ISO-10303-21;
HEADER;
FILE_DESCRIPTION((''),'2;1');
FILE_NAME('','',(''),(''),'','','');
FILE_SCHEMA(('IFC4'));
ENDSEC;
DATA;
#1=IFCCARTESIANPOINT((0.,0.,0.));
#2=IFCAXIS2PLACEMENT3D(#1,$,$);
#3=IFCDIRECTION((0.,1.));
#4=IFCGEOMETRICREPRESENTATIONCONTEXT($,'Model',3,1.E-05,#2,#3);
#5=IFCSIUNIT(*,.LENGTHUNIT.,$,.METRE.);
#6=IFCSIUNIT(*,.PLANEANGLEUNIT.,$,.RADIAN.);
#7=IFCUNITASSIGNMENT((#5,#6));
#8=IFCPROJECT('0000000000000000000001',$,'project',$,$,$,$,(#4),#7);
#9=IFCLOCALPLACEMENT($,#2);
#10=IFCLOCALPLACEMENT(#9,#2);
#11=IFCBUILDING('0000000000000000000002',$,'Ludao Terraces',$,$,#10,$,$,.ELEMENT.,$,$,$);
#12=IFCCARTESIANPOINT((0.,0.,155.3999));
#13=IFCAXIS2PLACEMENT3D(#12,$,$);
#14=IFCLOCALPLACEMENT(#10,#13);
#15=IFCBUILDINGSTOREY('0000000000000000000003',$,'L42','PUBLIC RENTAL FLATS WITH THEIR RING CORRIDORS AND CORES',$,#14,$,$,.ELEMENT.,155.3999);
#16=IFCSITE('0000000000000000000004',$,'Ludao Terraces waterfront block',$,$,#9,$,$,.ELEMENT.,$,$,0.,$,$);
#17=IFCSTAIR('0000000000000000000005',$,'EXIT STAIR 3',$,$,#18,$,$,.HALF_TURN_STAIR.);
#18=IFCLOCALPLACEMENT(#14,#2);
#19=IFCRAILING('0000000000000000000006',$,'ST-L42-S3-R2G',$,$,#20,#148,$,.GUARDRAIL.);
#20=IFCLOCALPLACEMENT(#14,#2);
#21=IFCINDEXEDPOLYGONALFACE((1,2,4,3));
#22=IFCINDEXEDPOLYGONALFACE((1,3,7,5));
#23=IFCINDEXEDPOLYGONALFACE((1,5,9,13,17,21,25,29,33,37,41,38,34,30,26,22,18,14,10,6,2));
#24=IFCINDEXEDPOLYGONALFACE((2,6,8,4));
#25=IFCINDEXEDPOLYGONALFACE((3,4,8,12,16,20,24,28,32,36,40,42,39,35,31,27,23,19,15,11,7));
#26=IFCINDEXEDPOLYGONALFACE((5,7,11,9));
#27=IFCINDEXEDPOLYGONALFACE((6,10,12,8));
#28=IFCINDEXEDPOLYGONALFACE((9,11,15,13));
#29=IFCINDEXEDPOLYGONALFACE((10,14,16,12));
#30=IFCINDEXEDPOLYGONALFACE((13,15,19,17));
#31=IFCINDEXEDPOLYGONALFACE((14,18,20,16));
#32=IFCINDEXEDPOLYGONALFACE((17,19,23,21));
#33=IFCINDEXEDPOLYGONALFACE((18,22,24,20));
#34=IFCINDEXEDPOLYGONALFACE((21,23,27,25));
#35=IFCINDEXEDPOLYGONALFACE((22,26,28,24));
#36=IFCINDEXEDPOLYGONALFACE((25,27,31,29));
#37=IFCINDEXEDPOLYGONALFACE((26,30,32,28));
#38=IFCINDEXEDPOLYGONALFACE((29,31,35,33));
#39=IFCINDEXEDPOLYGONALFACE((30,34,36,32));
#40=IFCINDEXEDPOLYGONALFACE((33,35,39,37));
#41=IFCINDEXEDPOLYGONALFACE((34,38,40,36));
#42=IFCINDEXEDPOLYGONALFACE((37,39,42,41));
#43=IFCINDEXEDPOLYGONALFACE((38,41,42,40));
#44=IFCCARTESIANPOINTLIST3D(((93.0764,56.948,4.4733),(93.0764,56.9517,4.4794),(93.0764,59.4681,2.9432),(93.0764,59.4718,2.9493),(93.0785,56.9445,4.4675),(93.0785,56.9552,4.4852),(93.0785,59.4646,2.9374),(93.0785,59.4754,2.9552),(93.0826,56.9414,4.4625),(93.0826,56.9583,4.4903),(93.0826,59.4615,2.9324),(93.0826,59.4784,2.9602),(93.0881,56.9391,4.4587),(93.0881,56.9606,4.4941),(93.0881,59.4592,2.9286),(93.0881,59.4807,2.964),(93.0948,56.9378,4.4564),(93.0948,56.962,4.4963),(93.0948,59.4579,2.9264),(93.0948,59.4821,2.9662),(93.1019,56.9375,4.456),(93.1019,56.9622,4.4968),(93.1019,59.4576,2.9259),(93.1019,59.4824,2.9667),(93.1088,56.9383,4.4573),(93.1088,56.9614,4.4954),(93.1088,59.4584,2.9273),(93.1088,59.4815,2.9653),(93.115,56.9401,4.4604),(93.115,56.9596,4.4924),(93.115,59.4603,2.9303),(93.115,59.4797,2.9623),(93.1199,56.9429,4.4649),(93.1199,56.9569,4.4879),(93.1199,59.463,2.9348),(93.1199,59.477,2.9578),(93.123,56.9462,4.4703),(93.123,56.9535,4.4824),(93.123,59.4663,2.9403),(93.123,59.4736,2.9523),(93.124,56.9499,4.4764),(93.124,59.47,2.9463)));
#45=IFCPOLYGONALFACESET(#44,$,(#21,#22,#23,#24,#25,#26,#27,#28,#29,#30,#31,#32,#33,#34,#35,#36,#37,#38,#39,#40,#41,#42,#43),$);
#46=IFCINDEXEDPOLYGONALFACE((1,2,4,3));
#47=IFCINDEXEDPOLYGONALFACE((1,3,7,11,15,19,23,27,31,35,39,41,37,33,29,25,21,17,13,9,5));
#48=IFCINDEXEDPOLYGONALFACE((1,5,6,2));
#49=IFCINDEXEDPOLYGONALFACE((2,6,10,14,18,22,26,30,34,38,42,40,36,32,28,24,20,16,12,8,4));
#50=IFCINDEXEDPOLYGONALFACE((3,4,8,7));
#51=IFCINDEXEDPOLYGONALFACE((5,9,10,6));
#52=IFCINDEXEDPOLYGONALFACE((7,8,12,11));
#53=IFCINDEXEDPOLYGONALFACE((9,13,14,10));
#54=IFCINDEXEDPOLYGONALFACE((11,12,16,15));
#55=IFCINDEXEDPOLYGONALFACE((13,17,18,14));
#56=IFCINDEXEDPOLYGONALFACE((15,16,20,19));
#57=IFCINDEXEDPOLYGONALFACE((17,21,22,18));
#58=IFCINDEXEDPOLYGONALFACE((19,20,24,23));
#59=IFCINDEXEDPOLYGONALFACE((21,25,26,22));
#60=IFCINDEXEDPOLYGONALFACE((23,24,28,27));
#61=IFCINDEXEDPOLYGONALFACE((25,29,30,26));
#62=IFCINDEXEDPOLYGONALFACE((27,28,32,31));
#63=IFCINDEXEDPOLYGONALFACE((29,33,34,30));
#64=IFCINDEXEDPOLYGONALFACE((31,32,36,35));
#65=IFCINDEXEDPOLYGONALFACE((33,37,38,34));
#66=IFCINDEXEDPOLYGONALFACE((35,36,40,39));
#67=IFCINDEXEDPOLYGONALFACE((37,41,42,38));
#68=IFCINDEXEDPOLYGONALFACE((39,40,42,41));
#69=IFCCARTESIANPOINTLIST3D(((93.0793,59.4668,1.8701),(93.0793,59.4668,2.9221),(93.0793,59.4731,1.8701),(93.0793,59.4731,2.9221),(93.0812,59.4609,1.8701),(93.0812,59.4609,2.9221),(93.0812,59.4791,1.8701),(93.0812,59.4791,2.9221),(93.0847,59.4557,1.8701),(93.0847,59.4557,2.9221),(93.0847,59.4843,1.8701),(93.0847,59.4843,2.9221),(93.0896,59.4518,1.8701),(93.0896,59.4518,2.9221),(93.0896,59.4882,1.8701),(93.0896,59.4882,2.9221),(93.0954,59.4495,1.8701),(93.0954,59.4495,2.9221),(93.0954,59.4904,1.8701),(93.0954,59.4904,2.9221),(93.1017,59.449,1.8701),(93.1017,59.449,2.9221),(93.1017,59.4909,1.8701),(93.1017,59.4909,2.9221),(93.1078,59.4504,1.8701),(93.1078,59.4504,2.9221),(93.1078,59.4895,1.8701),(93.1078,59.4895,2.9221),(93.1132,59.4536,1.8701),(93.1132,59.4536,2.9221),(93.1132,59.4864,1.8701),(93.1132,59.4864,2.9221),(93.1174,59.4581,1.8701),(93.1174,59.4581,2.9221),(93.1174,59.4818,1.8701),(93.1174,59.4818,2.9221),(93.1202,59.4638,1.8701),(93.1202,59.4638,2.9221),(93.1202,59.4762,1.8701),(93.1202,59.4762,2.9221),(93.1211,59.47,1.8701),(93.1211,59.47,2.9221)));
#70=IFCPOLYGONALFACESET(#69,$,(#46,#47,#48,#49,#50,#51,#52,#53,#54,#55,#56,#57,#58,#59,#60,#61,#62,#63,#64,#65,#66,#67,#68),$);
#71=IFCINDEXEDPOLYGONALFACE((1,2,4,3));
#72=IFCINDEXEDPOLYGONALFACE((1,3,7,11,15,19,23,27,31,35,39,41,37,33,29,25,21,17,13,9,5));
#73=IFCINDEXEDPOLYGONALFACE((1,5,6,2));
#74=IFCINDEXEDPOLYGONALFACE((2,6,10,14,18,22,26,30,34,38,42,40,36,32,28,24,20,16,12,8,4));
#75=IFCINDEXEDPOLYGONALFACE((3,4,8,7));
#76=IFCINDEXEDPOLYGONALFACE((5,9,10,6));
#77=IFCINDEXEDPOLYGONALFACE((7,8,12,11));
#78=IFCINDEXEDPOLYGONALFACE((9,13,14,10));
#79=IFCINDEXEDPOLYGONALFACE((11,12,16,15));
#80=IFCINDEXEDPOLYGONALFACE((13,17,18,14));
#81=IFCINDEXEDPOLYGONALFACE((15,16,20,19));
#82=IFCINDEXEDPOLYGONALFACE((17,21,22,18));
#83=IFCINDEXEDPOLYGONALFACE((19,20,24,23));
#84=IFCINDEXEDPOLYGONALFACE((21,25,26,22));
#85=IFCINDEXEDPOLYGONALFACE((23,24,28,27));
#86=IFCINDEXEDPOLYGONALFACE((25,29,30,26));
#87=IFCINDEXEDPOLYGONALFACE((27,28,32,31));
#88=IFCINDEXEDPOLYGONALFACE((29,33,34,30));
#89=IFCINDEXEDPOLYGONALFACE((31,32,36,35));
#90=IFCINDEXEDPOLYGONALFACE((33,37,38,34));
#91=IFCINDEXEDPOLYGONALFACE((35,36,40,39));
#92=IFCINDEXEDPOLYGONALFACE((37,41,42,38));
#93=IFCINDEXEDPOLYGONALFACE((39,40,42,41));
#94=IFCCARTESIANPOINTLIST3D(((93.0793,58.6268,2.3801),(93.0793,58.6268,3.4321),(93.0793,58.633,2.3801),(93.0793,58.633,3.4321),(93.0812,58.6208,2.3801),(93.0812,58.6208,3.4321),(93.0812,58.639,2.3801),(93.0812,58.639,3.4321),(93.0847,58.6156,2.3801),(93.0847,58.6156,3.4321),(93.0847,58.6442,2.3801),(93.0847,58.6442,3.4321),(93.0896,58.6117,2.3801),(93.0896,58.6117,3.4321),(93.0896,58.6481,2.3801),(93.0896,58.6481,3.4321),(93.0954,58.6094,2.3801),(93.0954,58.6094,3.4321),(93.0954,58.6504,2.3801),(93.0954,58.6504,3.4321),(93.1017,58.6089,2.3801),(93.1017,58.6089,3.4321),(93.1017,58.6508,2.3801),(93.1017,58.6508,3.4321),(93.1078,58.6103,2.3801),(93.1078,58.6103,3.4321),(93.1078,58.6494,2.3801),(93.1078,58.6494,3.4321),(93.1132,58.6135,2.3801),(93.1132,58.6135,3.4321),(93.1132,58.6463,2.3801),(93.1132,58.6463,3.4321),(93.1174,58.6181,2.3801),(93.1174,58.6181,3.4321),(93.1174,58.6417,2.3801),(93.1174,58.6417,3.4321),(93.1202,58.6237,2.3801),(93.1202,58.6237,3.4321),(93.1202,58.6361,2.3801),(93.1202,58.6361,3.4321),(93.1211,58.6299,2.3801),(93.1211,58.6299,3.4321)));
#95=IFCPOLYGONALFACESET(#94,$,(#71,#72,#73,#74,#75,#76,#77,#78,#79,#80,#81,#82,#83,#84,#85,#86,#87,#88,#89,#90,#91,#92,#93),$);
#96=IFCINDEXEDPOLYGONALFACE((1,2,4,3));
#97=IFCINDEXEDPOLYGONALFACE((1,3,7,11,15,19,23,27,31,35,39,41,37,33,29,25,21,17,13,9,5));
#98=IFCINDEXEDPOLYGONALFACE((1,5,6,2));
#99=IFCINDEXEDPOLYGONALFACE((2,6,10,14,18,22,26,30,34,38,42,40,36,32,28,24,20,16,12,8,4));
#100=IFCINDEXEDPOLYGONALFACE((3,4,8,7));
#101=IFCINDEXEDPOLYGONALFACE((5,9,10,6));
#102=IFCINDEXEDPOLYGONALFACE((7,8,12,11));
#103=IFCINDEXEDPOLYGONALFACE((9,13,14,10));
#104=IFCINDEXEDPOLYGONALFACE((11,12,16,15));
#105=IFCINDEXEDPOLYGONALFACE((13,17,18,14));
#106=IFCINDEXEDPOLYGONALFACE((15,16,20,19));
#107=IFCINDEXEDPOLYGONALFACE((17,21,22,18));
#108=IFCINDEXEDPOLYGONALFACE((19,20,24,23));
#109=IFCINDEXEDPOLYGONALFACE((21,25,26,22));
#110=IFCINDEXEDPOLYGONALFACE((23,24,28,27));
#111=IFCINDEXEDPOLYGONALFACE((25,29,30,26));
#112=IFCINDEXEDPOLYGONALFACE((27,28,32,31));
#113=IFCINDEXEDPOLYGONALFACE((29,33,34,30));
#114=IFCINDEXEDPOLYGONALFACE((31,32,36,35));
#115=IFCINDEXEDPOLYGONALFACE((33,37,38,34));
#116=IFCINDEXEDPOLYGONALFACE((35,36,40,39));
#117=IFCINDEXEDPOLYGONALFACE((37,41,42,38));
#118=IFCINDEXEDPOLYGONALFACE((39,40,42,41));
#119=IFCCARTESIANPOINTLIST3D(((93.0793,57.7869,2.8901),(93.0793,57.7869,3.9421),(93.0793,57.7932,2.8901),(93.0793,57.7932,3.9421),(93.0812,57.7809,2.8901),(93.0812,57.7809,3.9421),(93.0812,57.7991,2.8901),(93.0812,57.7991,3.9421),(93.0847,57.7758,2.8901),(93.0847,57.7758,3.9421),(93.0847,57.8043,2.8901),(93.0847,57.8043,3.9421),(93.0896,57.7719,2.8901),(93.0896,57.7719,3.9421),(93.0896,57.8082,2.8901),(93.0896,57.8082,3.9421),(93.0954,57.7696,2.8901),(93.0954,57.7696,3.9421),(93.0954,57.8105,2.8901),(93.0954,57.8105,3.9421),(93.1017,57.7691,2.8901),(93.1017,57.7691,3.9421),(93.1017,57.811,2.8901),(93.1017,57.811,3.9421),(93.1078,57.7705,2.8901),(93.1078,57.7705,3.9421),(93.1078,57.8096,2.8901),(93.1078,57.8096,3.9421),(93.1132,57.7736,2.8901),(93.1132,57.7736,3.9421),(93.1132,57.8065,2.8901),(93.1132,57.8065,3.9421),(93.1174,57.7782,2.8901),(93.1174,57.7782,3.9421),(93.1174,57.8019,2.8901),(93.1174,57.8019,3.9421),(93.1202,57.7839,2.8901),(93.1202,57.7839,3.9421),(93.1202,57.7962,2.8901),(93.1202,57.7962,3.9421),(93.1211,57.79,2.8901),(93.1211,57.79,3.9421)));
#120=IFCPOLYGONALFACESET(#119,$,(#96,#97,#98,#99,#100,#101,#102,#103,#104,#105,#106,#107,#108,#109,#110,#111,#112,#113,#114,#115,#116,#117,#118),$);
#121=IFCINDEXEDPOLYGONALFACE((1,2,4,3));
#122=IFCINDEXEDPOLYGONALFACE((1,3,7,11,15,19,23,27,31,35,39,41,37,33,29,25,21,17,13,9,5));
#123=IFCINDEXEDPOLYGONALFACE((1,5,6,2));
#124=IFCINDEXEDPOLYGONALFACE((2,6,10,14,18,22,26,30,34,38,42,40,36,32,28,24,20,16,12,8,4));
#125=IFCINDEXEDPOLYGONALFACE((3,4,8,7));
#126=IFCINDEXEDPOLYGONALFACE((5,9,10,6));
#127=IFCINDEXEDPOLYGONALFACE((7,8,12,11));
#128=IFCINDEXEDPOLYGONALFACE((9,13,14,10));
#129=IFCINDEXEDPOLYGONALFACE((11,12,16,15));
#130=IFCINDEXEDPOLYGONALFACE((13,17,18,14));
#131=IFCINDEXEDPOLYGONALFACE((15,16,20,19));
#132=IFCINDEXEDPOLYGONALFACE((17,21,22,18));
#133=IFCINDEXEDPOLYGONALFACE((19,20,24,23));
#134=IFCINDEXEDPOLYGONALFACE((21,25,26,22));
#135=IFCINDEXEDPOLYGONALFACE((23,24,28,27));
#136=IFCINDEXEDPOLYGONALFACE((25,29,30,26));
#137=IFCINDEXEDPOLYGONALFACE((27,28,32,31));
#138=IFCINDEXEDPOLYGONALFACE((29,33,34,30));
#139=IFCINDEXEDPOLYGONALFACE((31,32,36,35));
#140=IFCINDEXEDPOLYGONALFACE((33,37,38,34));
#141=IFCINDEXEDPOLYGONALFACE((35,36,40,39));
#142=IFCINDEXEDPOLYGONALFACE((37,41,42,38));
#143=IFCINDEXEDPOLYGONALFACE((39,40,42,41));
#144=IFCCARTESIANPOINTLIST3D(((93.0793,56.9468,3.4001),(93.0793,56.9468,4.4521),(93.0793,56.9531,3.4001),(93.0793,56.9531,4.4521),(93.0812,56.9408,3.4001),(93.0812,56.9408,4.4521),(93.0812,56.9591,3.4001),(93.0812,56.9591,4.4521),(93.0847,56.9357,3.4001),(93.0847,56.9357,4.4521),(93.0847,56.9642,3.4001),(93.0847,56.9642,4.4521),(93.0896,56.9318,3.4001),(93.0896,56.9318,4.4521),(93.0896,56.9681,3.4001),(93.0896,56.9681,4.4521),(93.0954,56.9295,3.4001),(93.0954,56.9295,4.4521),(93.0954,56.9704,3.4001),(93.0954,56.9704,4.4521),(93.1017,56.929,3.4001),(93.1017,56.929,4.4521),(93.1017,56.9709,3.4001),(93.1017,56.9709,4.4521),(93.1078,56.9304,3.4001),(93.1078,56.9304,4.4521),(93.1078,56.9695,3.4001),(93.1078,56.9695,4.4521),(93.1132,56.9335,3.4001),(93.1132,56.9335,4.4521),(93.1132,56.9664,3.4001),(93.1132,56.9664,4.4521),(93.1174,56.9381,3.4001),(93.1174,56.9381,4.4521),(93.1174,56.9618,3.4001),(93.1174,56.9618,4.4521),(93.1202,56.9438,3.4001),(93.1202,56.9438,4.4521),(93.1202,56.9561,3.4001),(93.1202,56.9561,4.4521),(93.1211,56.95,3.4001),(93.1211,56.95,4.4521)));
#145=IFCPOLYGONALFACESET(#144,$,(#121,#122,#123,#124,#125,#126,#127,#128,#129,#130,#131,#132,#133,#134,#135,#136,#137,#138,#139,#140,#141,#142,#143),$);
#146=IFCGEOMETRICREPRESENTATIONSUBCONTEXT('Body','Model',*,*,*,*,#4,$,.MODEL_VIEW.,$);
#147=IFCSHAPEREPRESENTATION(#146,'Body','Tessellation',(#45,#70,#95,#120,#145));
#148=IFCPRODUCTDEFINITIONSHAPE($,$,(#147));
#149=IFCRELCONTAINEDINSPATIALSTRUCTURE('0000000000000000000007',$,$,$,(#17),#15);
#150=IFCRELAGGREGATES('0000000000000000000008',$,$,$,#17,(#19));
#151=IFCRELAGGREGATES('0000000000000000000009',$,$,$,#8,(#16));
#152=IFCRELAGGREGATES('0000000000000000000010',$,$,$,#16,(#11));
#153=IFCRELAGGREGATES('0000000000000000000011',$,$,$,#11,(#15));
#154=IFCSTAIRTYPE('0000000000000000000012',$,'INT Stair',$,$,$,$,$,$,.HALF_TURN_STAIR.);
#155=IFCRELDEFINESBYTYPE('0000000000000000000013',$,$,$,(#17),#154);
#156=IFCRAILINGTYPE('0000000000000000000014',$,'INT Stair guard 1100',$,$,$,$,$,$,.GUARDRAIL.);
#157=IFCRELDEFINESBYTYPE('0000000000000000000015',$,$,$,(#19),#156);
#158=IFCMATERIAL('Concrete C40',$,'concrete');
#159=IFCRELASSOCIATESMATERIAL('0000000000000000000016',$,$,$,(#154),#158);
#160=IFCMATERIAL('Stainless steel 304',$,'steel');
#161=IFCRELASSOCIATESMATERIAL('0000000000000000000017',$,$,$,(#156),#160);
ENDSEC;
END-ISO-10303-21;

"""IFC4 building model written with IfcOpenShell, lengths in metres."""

from ifc_helpers import new_model, si_unit, direction, frame, origin, origin_2d, place, context, subcontext, project, spatial, circle, extrude, material, type_object, element, aggregate, save


model = new_model("IFC4")

# Units and contexts
model_context = context("Model", 3, precision=1e-05, world=origin(), true_north=direction((0.0, 1.0)))
body_context = subcontext(model_context, "Body", "Model", "MODEL_VIEW")
ifc_project = project(units=[si_unit("LENGTHUNIT", "METRE"), si_unit("PLANEANGLEUNIT", "RADIAN")], contexts=[model_context])

# Site, building, storey
site_placement = place(None, origin())
site = spatial("IfcSite", under=ifc_project, at=site_placement, Name="Ludao Terraces waterfront block", CompositionType="ELEMENT", RefElevation=0.0)
building_placement = place(site_placement, origin())
building = spatial("IfcBuilding", under=site, at=building_placement, Name="Ludao Terraces", CompositionType="ELEMENT")
storey_placement = place(building_placement, frame((0.0, 0.0, 155.3999)))
storey = spatial("IfcBuildingStorey", under=building, at=storey_placement, Name="L42", Description="PUBLIC RENTAL FLATS WITH THEIR RING CORRIDORS AND CORES", CompositionType="ELEMENT", Elevation=155.3999)

# Shared definitions
ifc_material_1 = material(Name="Concrete C40", Category="concrete")

# Stair, railing
stair_type = type_object("IfcStairType", Name="INT Stair", PredefinedType="HALF_TURN_STAIR", material=ifc_material_1)
stair_placement = place(storey_placement, origin())
stair = element("IfcStair", 1, at=stair_placement, inside=storey, type_object=stair_type, Name="EXIT STAIR 3", PredefinedType="HALF_TURN_STAIR")
ifc_material_2 = material(Name="Stainless steel 304", Category="steel")
railing_type_1 = type_object("IfcRailingType", Name="INT Stair guard 1100", PredefinedType="GUARDRAIL", material=ifc_material_2)
railing_1_placement = place(storey_placement, frame((93.1001, 59.47, 1.8701)))
railing_1 = element("IfcRailing", 2, at=railing_1_placement, type_object=railing_type_1, Name="ST-L42-S3-R2G", PredefinedType="GUARDRAIL", context=body_context, shape_type="SweptSolid", body=[
    extrude(circle(Radius=0.0239, at=origin_2d()), frame((0.0, 0.0, 1.0762), z_axis=(0.0, -0.854785, 0.518982), x_axis=(1.0, 0.0, 0.0)), (0.0, 0.0, 1.0), 2.9482),
    extrude(circle(Radius=0.021, at=origin_2d()), origin(), (0.0, 0.0, 1.0), 1.052),
    extrude(circle(Radius=0.021, at=origin_2d()), frame((0.0, -0.8401, 0.51)), (0.0, 0.0, 1.0), 1.052),
    extrude(circle(Radius=0.021, at=origin_2d()), frame((0.0, -1.6799, 1.02)), (0.0, 0.0, 1.0), 1.052),
    extrude(circle(Radius=0.021, at=origin_2d()), frame((0.0, -2.52, 1.53)), (0.0, 0.0, 1.0), 1.052),
])
aggregate(stair, [railing_1])

save(model, "model.ifc")
